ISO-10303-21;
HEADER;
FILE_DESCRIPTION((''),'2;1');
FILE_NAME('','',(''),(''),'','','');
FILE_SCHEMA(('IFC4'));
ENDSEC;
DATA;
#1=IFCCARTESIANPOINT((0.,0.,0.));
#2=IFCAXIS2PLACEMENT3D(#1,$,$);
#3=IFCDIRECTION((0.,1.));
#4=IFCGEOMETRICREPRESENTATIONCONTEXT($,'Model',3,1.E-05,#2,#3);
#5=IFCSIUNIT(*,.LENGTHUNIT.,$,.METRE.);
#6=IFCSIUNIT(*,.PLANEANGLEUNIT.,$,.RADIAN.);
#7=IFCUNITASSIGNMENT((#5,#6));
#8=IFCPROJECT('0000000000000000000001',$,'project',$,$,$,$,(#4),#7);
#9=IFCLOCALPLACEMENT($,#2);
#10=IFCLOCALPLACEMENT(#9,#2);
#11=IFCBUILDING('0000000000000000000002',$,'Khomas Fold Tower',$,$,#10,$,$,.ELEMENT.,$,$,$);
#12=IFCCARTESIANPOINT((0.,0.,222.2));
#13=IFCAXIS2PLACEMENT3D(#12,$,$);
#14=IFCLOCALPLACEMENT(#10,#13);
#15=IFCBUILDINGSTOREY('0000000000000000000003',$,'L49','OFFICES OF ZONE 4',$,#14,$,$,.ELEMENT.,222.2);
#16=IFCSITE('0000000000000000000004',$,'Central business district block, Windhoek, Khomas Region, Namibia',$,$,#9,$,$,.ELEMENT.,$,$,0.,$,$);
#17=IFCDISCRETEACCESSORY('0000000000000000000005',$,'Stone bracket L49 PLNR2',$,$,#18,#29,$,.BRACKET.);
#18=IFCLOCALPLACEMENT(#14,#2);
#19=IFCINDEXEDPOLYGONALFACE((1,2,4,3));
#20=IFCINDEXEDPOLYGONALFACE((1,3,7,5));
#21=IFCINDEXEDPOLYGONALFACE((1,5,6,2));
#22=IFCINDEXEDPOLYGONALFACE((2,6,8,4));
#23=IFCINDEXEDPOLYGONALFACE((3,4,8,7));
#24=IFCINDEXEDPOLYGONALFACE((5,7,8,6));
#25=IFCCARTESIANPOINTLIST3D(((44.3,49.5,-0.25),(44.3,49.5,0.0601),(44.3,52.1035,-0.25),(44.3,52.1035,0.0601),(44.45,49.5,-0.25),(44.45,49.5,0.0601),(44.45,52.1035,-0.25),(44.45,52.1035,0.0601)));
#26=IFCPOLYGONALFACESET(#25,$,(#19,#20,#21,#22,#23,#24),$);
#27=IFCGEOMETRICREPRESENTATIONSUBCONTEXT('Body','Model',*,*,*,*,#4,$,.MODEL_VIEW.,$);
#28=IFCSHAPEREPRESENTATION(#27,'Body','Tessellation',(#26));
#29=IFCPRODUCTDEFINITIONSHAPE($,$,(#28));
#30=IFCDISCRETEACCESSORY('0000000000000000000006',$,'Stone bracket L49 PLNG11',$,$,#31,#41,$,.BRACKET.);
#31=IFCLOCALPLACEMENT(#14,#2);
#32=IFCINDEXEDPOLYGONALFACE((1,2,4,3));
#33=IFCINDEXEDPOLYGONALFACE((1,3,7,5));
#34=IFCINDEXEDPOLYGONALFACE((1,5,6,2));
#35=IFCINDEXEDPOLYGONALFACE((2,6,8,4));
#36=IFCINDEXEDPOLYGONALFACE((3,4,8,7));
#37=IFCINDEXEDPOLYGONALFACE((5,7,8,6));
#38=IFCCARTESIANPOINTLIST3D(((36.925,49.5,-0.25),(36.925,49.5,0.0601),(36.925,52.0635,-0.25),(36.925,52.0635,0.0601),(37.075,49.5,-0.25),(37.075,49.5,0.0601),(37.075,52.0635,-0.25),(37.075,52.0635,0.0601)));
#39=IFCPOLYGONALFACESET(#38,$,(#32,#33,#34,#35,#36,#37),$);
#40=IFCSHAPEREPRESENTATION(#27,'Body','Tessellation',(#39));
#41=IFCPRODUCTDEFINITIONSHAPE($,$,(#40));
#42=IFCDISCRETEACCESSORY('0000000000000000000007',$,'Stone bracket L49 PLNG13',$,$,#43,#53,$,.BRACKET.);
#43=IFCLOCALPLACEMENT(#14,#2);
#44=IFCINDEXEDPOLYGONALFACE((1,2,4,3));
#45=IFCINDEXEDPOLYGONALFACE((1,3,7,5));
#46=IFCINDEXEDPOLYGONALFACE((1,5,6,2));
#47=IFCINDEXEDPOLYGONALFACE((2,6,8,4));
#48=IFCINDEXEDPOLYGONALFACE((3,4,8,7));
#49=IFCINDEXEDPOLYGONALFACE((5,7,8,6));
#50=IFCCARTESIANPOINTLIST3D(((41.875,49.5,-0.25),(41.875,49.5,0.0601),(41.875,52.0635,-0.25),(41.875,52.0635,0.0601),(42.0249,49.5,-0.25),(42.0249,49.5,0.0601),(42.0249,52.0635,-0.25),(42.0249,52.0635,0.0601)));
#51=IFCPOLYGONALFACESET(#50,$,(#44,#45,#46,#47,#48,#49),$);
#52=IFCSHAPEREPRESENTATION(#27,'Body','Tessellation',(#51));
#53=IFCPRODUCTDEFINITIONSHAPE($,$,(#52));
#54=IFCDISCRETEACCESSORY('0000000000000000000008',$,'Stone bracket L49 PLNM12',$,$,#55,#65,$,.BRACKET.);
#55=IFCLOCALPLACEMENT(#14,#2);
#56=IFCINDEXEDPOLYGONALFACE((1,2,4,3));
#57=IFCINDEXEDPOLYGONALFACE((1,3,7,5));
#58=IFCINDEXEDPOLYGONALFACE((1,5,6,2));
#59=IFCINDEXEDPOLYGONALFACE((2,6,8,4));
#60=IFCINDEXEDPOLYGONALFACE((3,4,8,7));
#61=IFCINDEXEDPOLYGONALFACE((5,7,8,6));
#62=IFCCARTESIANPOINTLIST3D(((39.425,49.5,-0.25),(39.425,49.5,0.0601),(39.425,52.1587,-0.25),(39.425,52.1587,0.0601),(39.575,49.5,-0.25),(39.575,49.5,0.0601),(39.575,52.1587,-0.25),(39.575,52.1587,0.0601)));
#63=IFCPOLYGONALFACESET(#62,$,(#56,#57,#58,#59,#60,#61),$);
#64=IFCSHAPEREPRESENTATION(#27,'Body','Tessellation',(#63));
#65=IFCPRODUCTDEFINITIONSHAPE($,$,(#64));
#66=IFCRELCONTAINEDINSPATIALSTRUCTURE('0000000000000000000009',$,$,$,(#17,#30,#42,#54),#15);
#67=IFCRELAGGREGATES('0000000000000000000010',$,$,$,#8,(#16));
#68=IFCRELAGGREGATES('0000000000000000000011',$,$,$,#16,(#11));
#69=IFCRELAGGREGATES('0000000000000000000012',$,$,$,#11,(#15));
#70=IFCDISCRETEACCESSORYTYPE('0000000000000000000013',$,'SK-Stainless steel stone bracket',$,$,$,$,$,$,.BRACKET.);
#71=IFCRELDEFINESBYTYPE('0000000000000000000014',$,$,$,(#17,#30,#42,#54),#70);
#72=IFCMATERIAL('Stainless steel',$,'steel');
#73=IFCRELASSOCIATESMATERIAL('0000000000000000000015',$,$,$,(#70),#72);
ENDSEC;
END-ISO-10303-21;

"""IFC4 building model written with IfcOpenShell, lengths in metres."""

from ifc_helpers import new_model, si_unit, direction, frame, origin, origin_2d, place, context, subcontext, project, spatial, rectangle, extrude, source, transform, mapped, material, type_object, element, save


model = new_model("IFC4")

# Units and contexts
model_context = context("Model", 3, precision=1e-05, world=origin(), true_north=direction((0.0, 1.0)))
body_context = subcontext(model_context, "Body", "Model", "MODEL_VIEW")
ifc_project = project(units=[si_unit("LENGTHUNIT", "METRE"), si_unit("PLANEANGLEUNIT", "RADIAN")], contexts=[model_context])

# Site, building, storey
site_placement = place(None, origin())
site = spatial("IfcSite", under=ifc_project, at=site_placement, Name="Central business district block, Windhoek, Khomas Region, Namibia", CompositionType="ELEMENT", RefElevation=0.0)
building_placement = place(site_placement, origin())
building = spatial("IfcBuilding", under=site, at=building_placement, Name="Khomas Fold Tower", CompositionType="ELEMENT")
storey_placement = place(building_placement, frame((0.0, 0.0, 222.2)))
storey = spatial("IfcBuildingStorey", under=building, at=storey_placement, Name="L49", Description="OFFICES OF ZONE 4", CompositionType="ELEMENT", Elevation=222.2)

# Discrete accessories
ifc_material_1 = material(Name="Stainless steel", Category="steel")
discrete_accessory_type = type_object("IfcDiscreteAccessoryType", Name="SK-Stainless steel stone bracket", PredefinedType="BRACKET", material=ifc_material_1)
shared_shape_1 = source(origin(), body_context, "Body", "SweptSolid", [
    extrude(rectangle(XDim=2.6035, YDim=0.1499, at=origin_2d()), origin(), (0.0, 0.0, 1.0), 0.3101),
])
discrete_accessory_1_placement = place(storey_placement, frame((44.375, 50.8018, -0.25), z_axis=(0.0, 0.0, 1.0), x_axis=(0.0, 1.0, 0.0)))
element("IfcDiscreteAccessory", 1, at=discrete_accessory_1_placement, inside=storey, type_object=discrete_accessory_type, Name="Stone bracket L49 PLNR2", PredefinedType="BRACKET", context=body_context, shape_type="MappedRepresentation", body=[
    mapped(shared_shape_1, transform((0.0, 0.0, 0.0))),
])
shared_shape_2 = source(origin(), body_context, "Body", "SweptSolid", [
    extrude(rectangle(XDim=2.5635, YDim=0.1499, at=origin_2d()), origin(), (0.0, 0.0, 1.0), 0.3101),
])
for number, where, z_axis, x_axis, name in (
    (2, (37.0, 50.7817, -0.25), (0.0, 0.0, 1.0), (0.0, 1.0, 0.0), "Stone bracket L49 PLNG11"),
    (3, (41.95, 50.7817, -0.25), (0.0, 0.0, 1.0), (0.0, 1.0, 0.0), "Stone bracket L49 PLNG13"),
):
    element("IfcDiscreteAccessory", number, at=place(storey_placement, frame(where, z_axis=z_axis, x_axis=x_axis)), inside=storey, type_object=discrete_accessory_type, Name=name, PredefinedType="BRACKET", context=body_context, shape_type="MappedRepresentation", body=[
        mapped(shared_shape_2, transform((0.0, 0.0, 0.0))),
    ])
shared_shape_3 = source(origin(), body_context, "Body", "SweptSolid", [
    extrude(rectangle(XDim=2.6587, YDim=0.1499, at=origin_2d()), origin(), (0.0, 0.0, 1.0), 0.3101),
])
discrete_accessory_2_placement = place(storey_placement, frame((39.5, 50.8293, -0.25), z_axis=(0.0, 0.0, 1.0), x_axis=(0.0, 1.0, 0.0)))
element("IfcDiscreteAccessory", 4, at=discrete_accessory_2_placement, inside=storey, type_object=discrete_accessory_type, Name="Stone bracket L49 PLNM12", PredefinedType="BRACKET", context=body_context, shape_type="MappedRepresentation", body=[
    mapped(shared_shape_3, transform((0.0, 0.0, 0.0))),
])

save(model, "model.ifc")
